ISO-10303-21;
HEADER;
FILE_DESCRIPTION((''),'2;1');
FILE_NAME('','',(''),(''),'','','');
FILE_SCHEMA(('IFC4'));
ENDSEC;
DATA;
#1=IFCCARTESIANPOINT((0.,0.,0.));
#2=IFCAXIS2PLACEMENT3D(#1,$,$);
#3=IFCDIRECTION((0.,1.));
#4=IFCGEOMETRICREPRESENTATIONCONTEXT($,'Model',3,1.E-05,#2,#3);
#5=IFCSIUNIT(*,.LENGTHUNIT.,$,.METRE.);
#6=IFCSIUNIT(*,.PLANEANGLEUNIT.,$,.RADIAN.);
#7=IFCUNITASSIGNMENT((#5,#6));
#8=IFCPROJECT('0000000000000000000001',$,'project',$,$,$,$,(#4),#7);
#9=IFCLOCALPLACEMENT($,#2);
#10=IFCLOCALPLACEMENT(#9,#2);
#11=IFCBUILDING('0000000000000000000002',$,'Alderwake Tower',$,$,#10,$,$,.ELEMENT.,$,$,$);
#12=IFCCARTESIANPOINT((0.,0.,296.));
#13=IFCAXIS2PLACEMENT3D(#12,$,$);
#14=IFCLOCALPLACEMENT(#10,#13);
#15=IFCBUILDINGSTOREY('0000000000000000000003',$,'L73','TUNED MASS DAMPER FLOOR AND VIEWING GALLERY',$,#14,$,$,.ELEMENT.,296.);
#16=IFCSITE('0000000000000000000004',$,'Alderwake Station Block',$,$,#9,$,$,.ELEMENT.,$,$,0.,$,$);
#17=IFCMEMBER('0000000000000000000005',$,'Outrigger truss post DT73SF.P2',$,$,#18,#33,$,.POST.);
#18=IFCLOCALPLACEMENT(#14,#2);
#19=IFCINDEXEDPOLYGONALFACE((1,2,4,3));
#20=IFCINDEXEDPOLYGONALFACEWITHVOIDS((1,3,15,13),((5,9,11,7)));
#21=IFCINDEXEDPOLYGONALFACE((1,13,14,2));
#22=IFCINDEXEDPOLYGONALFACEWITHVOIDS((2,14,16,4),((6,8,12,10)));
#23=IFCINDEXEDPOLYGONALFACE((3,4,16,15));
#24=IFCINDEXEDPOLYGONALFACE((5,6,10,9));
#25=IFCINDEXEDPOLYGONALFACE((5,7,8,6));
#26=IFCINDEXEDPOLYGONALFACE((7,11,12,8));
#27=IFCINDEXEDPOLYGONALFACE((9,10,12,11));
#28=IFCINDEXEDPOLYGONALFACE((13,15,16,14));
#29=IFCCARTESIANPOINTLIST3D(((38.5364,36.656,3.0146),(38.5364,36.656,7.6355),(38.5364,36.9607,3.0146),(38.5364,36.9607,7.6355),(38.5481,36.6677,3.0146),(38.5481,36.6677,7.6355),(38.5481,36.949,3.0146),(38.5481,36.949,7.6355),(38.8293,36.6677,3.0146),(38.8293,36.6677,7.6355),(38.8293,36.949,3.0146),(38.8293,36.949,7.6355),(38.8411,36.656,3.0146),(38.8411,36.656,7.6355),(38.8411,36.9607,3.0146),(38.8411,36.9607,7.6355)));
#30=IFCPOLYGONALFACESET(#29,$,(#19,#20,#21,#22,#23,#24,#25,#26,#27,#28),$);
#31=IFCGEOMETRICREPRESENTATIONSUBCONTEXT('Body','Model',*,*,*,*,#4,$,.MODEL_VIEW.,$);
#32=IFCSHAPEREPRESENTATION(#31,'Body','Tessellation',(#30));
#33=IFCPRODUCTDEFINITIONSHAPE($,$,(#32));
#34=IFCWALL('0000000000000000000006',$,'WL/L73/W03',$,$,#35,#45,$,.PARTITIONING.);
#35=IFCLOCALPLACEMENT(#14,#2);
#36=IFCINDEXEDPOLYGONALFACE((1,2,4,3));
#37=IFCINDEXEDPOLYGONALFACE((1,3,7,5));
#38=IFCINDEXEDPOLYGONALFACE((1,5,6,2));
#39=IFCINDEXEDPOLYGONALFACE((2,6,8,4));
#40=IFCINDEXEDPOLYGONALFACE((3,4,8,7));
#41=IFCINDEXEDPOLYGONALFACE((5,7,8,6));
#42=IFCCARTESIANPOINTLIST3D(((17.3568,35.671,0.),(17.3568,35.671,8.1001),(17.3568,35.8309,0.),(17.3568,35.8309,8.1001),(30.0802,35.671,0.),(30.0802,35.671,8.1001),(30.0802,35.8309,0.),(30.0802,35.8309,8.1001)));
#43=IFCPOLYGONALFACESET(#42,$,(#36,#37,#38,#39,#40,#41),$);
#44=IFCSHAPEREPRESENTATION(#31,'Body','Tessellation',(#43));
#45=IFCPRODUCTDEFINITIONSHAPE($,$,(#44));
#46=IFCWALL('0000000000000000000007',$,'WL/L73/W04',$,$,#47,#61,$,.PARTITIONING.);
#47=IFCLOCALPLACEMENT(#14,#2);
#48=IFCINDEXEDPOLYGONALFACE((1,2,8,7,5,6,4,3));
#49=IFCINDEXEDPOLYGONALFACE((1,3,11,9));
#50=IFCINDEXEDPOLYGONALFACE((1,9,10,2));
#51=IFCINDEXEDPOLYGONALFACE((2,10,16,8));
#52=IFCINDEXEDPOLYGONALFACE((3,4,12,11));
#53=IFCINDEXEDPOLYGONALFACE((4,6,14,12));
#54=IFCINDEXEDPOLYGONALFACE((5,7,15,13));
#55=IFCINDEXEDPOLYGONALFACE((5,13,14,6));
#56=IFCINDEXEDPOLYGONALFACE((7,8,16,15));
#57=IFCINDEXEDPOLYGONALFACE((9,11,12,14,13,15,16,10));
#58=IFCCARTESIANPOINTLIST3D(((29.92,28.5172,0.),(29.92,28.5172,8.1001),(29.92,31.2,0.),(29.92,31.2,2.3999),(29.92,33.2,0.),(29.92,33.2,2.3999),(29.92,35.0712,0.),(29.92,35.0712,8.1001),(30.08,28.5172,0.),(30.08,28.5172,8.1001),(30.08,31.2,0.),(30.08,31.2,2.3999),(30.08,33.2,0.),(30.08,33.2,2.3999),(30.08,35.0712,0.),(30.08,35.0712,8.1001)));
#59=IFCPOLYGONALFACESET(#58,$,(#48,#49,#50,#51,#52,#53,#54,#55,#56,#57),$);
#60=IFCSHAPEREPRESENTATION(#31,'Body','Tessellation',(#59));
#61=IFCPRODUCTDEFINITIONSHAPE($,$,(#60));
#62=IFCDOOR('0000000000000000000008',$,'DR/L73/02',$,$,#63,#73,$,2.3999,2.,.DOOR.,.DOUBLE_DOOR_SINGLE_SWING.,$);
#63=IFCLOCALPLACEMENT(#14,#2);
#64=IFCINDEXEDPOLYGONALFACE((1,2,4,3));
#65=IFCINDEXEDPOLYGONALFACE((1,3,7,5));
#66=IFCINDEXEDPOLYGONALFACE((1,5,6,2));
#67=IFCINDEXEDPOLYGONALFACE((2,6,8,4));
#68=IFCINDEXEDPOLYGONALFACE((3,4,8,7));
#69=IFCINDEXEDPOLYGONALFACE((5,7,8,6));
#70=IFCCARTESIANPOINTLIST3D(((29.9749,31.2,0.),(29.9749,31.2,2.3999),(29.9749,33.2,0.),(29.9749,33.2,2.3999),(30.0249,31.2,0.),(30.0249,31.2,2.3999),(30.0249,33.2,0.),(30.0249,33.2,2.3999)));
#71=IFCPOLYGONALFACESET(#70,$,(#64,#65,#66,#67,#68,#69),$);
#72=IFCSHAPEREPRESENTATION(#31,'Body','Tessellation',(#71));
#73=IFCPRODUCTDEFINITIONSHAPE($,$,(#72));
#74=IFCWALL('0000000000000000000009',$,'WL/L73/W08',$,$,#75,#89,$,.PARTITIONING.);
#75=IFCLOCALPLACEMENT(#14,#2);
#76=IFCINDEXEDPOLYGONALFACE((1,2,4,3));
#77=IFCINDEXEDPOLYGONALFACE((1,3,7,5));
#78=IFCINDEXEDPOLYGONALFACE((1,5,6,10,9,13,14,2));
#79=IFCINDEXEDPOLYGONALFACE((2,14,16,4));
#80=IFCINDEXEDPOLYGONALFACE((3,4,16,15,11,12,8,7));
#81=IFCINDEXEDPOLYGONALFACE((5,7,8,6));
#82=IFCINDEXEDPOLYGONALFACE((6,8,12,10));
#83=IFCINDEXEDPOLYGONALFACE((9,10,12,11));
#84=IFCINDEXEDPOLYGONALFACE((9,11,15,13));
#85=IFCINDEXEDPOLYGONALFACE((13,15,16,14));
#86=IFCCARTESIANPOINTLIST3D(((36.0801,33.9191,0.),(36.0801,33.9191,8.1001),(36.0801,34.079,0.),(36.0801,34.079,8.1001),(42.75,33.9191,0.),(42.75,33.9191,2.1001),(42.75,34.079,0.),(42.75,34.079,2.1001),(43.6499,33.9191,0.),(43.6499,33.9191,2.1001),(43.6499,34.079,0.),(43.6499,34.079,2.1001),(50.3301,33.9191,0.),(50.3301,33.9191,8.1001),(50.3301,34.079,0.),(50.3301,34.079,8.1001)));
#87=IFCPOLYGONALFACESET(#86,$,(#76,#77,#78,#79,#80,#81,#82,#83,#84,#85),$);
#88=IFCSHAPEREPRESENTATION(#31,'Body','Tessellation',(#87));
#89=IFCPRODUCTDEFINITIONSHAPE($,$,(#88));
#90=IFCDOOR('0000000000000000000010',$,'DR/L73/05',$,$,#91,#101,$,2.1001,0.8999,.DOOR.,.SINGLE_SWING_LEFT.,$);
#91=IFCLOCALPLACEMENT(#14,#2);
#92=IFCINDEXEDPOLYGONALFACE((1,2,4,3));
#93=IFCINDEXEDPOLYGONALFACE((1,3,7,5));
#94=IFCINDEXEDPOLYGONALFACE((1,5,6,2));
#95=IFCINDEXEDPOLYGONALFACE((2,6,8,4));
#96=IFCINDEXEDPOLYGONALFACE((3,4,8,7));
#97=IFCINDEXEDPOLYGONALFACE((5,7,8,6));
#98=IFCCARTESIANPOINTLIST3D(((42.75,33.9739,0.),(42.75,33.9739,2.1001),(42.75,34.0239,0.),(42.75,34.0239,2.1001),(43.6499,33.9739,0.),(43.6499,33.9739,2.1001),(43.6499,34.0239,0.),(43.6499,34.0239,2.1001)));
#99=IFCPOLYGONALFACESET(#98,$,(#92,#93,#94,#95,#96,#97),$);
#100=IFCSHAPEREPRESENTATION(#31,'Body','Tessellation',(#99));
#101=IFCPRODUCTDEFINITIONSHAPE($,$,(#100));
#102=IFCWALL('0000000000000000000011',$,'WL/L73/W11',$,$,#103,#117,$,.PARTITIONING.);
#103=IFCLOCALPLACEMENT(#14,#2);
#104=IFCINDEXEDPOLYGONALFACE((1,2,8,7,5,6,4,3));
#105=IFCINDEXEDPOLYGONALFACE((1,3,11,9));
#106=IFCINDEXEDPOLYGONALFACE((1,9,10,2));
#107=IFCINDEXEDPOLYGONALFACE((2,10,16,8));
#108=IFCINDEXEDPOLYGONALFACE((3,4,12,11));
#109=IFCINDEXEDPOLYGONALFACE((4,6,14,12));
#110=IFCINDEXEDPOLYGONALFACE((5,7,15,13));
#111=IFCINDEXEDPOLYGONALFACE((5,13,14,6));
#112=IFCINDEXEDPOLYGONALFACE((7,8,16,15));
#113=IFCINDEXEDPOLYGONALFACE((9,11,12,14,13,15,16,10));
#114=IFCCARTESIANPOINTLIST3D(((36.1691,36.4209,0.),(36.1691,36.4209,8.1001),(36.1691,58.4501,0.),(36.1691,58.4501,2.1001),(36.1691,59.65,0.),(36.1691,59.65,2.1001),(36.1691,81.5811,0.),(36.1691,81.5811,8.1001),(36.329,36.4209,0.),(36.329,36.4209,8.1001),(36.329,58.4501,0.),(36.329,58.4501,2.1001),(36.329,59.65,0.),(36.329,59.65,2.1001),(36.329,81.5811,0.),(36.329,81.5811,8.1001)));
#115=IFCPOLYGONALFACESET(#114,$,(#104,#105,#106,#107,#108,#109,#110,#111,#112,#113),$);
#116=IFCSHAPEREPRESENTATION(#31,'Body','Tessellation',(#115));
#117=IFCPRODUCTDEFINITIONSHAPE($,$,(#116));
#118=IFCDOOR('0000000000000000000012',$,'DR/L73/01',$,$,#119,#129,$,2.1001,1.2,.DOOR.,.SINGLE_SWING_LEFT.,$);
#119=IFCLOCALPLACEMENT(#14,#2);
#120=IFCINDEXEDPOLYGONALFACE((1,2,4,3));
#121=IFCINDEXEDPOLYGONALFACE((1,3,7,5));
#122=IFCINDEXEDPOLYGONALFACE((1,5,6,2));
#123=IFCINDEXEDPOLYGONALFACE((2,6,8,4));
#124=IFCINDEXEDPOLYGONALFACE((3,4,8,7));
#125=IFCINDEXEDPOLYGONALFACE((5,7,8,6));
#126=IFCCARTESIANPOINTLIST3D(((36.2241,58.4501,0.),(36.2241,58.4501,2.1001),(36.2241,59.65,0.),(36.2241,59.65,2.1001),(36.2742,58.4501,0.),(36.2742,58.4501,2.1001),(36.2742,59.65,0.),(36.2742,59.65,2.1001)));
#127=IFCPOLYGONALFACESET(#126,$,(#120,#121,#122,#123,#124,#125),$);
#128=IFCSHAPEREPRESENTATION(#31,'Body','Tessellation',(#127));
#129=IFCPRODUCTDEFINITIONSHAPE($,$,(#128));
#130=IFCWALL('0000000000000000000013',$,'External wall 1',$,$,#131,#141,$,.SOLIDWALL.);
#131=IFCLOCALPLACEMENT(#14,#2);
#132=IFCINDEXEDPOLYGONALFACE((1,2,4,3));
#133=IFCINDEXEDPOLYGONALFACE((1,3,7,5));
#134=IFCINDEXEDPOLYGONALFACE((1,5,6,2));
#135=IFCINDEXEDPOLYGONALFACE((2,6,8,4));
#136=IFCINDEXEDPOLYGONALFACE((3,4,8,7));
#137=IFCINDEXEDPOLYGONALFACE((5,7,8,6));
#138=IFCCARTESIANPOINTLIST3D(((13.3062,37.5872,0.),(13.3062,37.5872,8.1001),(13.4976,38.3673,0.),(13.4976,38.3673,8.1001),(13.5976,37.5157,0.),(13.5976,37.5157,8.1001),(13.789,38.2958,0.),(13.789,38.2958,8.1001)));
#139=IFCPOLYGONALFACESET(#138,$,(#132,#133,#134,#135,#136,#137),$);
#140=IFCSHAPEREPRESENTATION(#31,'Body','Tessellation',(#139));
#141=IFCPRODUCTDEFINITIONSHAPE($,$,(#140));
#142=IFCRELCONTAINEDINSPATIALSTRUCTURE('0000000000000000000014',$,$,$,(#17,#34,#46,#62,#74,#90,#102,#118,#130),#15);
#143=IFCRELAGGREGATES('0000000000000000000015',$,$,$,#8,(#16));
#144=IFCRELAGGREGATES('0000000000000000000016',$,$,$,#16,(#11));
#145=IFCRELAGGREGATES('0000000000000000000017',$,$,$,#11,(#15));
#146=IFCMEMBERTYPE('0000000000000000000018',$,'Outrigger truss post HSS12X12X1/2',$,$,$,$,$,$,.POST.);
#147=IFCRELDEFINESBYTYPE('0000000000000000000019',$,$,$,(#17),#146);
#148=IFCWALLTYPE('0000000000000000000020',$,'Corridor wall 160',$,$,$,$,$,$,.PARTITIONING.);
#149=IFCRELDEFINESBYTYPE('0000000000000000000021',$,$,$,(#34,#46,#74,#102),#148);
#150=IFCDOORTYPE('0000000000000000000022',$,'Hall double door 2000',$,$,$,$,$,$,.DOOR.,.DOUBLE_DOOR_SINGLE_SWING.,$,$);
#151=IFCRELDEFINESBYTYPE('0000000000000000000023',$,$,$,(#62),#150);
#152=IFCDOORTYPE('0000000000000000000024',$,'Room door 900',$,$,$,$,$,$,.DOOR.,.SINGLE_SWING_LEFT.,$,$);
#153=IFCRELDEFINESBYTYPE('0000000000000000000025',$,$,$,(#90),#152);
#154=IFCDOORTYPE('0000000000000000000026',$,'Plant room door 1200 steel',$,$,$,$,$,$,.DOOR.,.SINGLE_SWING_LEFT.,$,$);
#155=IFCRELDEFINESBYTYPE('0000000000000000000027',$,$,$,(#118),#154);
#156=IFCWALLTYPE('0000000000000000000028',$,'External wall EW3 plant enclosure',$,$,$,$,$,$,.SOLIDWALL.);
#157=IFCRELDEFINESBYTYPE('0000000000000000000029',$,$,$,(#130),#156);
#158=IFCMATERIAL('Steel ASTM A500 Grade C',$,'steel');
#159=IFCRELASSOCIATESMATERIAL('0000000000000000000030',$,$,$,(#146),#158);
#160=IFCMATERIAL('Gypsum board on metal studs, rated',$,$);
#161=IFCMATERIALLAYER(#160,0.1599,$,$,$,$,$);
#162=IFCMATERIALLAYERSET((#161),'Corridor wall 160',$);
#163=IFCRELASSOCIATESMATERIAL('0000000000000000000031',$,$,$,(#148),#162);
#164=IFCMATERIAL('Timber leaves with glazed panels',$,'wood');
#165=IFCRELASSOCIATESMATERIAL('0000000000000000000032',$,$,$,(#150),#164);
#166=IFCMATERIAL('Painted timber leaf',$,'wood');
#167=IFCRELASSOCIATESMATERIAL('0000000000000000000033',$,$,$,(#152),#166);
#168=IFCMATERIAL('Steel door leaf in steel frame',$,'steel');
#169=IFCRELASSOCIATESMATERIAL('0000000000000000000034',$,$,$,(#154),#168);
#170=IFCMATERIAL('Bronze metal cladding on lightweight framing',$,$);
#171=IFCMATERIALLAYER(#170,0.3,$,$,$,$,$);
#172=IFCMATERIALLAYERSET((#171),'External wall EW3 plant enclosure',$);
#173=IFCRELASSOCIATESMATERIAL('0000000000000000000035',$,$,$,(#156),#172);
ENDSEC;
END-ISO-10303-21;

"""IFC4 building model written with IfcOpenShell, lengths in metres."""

from ifc_helpers import new_model, si_unit, direction, frame, frame_2d, origin, origin_2d, place, context, subcontext, project, spatial, rectangle, hollow_rectangle, extrude, material, layer, layer_set, material_profile, profile_set, type_object, element, fill, save


model = new_model("IFC4")

# Units and contexts
model_context = context("Model", 3, precision=1e-05, world=origin(), true_north=direction((0.0, 1.0)))
body_context = subcontext(model_context, "Body", "Model", "MODEL_VIEW")
ifc_project = project(units=[si_unit("LENGTHUNIT", "METRE"), si_unit("PLANEANGLEUNIT", "RADIAN")], contexts=[model_context])

# Site, building, storey
site_placement = place(None, origin())
site = spatial("IfcSite", under=ifc_project, at=site_placement, Name="Alderwake Station Block", CompositionType="ELEMENT", RefElevation=0.0)
building_placement = place(site_placement, origin())
building = spatial("IfcBuilding", under=site, at=building_placement, Name="Alderwake Tower", CompositionType="ELEMENT")
storey_placement = place(building_placement, frame((0.0, 0.0, 296.0)))
storey = spatial("IfcBuildingStorey", under=building, at=storey_placement, Name="L73", Description="TUNED MASS DAMPER FLOOR AND VIEWING GALLERY", CompositionType="ELEMENT", Elevation=296.0)

# Member
ifc_material_1 = material(Name="Steel ASTM A500 Grade C", Category="steel")
ifc_material_profile_1 = material_profile(ifc_material_1, hollow_rectangle(XDim=0.3047, YDim=0.3047, WallThickness=0.0117, at=origin_2d()), Name="HSS12X12X1/2")
ifc_profile_set_1 = profile_set([ifc_material_profile_1], Name="Steel ASTM A500 Grade C")
member_type_1 = type_object("IfcMemberType", Name="Outrigger truss post HSS12X12X1/2", PredefinedType="POST", material=ifc_profile_set_1)
for number, where, z_axis, x_axis, name in (
    (1, (38.6887, 36.8083, 3.0146), (0.0, 0.0, 1.0), (1.0, 0.0, 0.0), "Outrigger truss post DT73SF.P2"),
):
    element("IfcMember", number, at=place(storey_placement, frame(where, z_axis=z_axis, x_axis=x_axis)), inside=storey, type_object=member_type_1, Name=name, PredefinedType="POST", context=body_context, shape_type="SweptSolid", body=[
        extrude(hollow_rectangle(XDim=0.3047, YDim=0.3047, WallThickness=0.0117, at=origin_2d()), origin(), (0.0, 0.0, 1.0), 4.6208),
    ])

# Wall
ifc_material_2 = material(Name="Gypsum board on metal studs, rated")
ifc_layer_1 = layer(ifc_material_2, 0.1599)
ifc_layer_set_1 = layer_set([ifc_layer_1], Name="Corridor wall 160")
wall_type_1 = type_object("IfcWallType", Name="Corridor wall 160", PredefinedType="PARTITIONING", material=ifc_layer_set_1)
wall_1_placement = place(storey_placement, frame((17.3567, 35.751, 0.0), z_axis=(0.0, 0.0, 1.0), x_axis=(1.0, 0.0, 0.0)))
element("IfcWall", 2, at=wall_1_placement, inside=storey, type_object=wall_type_1, Name="WL/L73/W03", PredefinedType="PARTITIONING", context=body_context, shape_type="SweptSolid", body=[
    extrude(rectangle(XDim=12.7234, YDim=0.1599, at=frame_2d((6.3618, 0.0))), origin(), (0.0, 0.0, 1.0), 8.1001),
])

# Walls, openings, doors
wall_2_placement = place(storey_placement, frame((30.0, 35.071, 0.0), z_axis=(0.0, 0.0, 1.0), x_axis=(0.0, -1.0, 0.0)))
wall_2 = element("IfcWall", 3, at=wall_2_placement, inside=storey, type_object=wall_type_1, Name="WL/L73/W04", PredefinedType="PARTITIONING", context=body_context, shape_type="SweptSolid", body=[
    extrude(rectangle(XDim=6.554, YDim=0.1599, at=frame_2d((3.2769, 0.0))), origin(), (0.0, 0.0, 1.0), 8.1001),
])
opening_1_placement = place(wall_2_placement, frame((1.8711, 0.0, 0.0)))
opening_1 = element("IfcOpeningElement", 4, at=opening_1_placement, cuts=wall_2, PredefinedType="OPENING", context=body_context, shape_type="SweptSolid", body=[
    extrude(rectangle(XDim=2.0, YDim=2.3999, at=frame_2d((1.0, 1.2))), frame((0.0, 0.0898, 0.0), z_axis=(0.0, -1.0, 0.0), x_axis=(1.0, 0.0, 0.0)), (0.0, 0.0, 1.0), 0.1799),
])
ifc_material_3 = material(Name="Timber leaves with glazed panels", Category="wood")
door_type_1 = type_object("IfcDoorType", Name="Hall double door 2000", OperationType="DOUBLE_DOOR_SINGLE_SWING", PredefinedType="DOOR", material=ifc_material_3)
door_1_placement = place(opening_1_placement, origin())
door_1 = element("IfcDoor", 5, at=door_1_placement, inside=storey, type_object=door_type_1, Name="DR/L73/02", OperationType="DOUBLE_DOOR_SINGLE_SWING", OverallHeight=2.3999, OverallWidth=2.0, PredefinedType="DOOR", context=body_context, shape_type="SweptSolid", body=[
    extrude(rectangle(XDim=2.0, YDim=2.3999, at=frame_2d((1.0, 1.2))), frame((0.0, 0.0249, 0.0), z_axis=(0.0, -1.0, 0.0), x_axis=(1.0, 0.0, 0.0)), (0.0, 0.0, 1.0), 0.05),
])
fill(opening_1, door_1)
wall_3_placement = place(storey_placement, frame((36.0801, 33.999, 0.0), z_axis=(0.0, 0.0, 1.0), x_axis=(1.0, 0.0, 0.0)))
wall_3 = element("IfcWall", 6, at=wall_3_placement, inside=storey, type_object=wall_type_1, Name="WL/L73/W08", PredefinedType="PARTITIONING", context=body_context, shape_type="SweptSolid", body=[
    extrude(rectangle(XDim=14.25, YDim=0.1599, at=frame_2d((7.125, 0.0))), origin(), (0.0, 0.0, 1.0), 8.1001),
])
opening_2_placement = place(wall_3_placement, frame((6.6699, 0.0, 0.0)))
opening_2 = element("IfcOpeningElement", 7, at=opening_2_placement, cuts=wall_3, PredefinedType="OPENING", context=body_context, shape_type="SweptSolid", body=[
    extrude(rectangle(XDim=0.8999, YDim=2.1001, at=frame_2d((0.45, 1.05))), frame((0.0, 0.0898, 0.0), z_axis=(0.0, -1.0, 0.0), x_axis=(1.0, 0.0, 0.0)), (0.0, 0.0, 1.0), 0.1799),
])
ifc_material_4 = material(Name="Painted timber leaf", Category="wood")
door_type_2 = type_object("IfcDoorType", Name="Room door 900", OperationType="SINGLE_SWING_LEFT", PredefinedType="DOOR", material=ifc_material_4)
door_2_placement = place(opening_2_placement, origin())
door_2 = element("IfcDoor", 8, at=door_2_placement, inside=storey, type_object=door_type_2, Name="DR/L73/05", OperationType="SINGLE_SWING_LEFT", OverallHeight=2.1001, OverallWidth=0.8999, PredefinedType="DOOR", context=body_context, shape_type="SweptSolid", body=[
    extrude(rectangle(XDim=0.8999, YDim=2.1001, at=frame_2d((0.45, 1.05))), frame((0.0, 0.0249, 0.0), z_axis=(0.0, -1.0, 0.0), x_axis=(1.0, 0.0, 0.0)), (0.0, 0.0, 1.0), 0.05),
])
fill(opening_2, door_2)
wall_4_placement = place(storey_placement, frame((36.249, 36.4209, 0.0), z_axis=(0.0, 0.0, 1.0), x_axis=(0.0, 1.0, 0.0)))
wall_4 = element("IfcWall", 9, at=wall_4_placement, inside=storey, type_object=wall_type_1, Name="WL/L73/W11", PredefinedType="PARTITIONING", context=body_context, shape_type="SweptSolid", body=[
    extrude(rectangle(XDim=45.1602, YDim=0.1599, at=frame_2d((22.5801, 0.0))), origin(), (0.0, 0.0, 1.0), 8.1001),
])
opening_3_placement = place(wall_4_placement, frame((22.0291, 0.0, 0.0)))
opening_3 = element("IfcOpeningElement", 10, at=opening_3_placement, cuts=wall_4, PredefinedType="OPENING", context=body_context, shape_type="SweptSolid", body=[
    extrude(rectangle(XDim=1.2, YDim=2.1001, at=frame_2d((0.6001, 1.05))), frame((0.0, 0.0898, 0.0), z_axis=(0.0, -1.0, 0.0), x_axis=(1.0, 0.0, 0.0)), (0.0, 0.0, 1.0), 0.1799),
])
ifc_material_5 = material(Name="Steel door leaf in steel frame", Category="steel")
door_type_3 = type_object("IfcDoorType", Name="Plant room door 1200 steel", OperationType="SINGLE_SWING_LEFT", PredefinedType="DOOR", material=ifc_material_5)
door_3_placement = place(opening_3_placement, origin())
door_3 = element("IfcDoor", 11, at=door_3_placement, inside=storey, type_object=door_type_3, Name="DR/L73/01", OperationType="SINGLE_SWING_LEFT", OverallHeight=2.1001, OverallWidth=1.2, PredefinedType="DOOR", context=body_context, shape_type="SweptSolid", body=[
    extrude(rectangle(XDim=1.2, YDim=2.1001, at=frame_2d((0.6001, 1.05))), frame((0.0, 0.0249, 0.0), z_axis=(0.0, -1.0, 0.0), x_axis=(1.0, 0.0, 0.0)), (0.0, 0.0, 1.0), 0.05),
])
fill(opening_3, door_3)

# Wall
ifc_material_6 = material(Name="Bronze metal cladding on lightweight framing")
ifc_layer_2 = layer(ifc_material_6, 0.3)
ifc_layer_set_2 = layer_set([ifc_layer_2], Name="External wall EW3 plant enclosure")
wall_type_2 = type_object("IfcWallType", Name="External wall EW3 plant enclosure", PredefinedType="SOLIDWALL", material=ifc_layer_set_2)
wall_5_placement = place(storey_placement, frame((13.6433, 38.3315, 0.0), z_axis=(0.0, 0.0, 1.0), x_axis=(-0.238313, -0.971188, 0.0)))
element("IfcWall", 12, at=wall_5_placement, inside=storey, type_object=wall_type_2, Name="External wall 1", PredefinedType="SOLIDWALL", context=body_context, shape_type="SweptSolid", body=[
    extrude(rectangle(XDim=0.8032, YDim=0.3, at=frame_2d((0.4016, 0.0))), origin(), (0.0, 0.0, 1.0), 8.1001),
])

save(model, "model.ifc")
